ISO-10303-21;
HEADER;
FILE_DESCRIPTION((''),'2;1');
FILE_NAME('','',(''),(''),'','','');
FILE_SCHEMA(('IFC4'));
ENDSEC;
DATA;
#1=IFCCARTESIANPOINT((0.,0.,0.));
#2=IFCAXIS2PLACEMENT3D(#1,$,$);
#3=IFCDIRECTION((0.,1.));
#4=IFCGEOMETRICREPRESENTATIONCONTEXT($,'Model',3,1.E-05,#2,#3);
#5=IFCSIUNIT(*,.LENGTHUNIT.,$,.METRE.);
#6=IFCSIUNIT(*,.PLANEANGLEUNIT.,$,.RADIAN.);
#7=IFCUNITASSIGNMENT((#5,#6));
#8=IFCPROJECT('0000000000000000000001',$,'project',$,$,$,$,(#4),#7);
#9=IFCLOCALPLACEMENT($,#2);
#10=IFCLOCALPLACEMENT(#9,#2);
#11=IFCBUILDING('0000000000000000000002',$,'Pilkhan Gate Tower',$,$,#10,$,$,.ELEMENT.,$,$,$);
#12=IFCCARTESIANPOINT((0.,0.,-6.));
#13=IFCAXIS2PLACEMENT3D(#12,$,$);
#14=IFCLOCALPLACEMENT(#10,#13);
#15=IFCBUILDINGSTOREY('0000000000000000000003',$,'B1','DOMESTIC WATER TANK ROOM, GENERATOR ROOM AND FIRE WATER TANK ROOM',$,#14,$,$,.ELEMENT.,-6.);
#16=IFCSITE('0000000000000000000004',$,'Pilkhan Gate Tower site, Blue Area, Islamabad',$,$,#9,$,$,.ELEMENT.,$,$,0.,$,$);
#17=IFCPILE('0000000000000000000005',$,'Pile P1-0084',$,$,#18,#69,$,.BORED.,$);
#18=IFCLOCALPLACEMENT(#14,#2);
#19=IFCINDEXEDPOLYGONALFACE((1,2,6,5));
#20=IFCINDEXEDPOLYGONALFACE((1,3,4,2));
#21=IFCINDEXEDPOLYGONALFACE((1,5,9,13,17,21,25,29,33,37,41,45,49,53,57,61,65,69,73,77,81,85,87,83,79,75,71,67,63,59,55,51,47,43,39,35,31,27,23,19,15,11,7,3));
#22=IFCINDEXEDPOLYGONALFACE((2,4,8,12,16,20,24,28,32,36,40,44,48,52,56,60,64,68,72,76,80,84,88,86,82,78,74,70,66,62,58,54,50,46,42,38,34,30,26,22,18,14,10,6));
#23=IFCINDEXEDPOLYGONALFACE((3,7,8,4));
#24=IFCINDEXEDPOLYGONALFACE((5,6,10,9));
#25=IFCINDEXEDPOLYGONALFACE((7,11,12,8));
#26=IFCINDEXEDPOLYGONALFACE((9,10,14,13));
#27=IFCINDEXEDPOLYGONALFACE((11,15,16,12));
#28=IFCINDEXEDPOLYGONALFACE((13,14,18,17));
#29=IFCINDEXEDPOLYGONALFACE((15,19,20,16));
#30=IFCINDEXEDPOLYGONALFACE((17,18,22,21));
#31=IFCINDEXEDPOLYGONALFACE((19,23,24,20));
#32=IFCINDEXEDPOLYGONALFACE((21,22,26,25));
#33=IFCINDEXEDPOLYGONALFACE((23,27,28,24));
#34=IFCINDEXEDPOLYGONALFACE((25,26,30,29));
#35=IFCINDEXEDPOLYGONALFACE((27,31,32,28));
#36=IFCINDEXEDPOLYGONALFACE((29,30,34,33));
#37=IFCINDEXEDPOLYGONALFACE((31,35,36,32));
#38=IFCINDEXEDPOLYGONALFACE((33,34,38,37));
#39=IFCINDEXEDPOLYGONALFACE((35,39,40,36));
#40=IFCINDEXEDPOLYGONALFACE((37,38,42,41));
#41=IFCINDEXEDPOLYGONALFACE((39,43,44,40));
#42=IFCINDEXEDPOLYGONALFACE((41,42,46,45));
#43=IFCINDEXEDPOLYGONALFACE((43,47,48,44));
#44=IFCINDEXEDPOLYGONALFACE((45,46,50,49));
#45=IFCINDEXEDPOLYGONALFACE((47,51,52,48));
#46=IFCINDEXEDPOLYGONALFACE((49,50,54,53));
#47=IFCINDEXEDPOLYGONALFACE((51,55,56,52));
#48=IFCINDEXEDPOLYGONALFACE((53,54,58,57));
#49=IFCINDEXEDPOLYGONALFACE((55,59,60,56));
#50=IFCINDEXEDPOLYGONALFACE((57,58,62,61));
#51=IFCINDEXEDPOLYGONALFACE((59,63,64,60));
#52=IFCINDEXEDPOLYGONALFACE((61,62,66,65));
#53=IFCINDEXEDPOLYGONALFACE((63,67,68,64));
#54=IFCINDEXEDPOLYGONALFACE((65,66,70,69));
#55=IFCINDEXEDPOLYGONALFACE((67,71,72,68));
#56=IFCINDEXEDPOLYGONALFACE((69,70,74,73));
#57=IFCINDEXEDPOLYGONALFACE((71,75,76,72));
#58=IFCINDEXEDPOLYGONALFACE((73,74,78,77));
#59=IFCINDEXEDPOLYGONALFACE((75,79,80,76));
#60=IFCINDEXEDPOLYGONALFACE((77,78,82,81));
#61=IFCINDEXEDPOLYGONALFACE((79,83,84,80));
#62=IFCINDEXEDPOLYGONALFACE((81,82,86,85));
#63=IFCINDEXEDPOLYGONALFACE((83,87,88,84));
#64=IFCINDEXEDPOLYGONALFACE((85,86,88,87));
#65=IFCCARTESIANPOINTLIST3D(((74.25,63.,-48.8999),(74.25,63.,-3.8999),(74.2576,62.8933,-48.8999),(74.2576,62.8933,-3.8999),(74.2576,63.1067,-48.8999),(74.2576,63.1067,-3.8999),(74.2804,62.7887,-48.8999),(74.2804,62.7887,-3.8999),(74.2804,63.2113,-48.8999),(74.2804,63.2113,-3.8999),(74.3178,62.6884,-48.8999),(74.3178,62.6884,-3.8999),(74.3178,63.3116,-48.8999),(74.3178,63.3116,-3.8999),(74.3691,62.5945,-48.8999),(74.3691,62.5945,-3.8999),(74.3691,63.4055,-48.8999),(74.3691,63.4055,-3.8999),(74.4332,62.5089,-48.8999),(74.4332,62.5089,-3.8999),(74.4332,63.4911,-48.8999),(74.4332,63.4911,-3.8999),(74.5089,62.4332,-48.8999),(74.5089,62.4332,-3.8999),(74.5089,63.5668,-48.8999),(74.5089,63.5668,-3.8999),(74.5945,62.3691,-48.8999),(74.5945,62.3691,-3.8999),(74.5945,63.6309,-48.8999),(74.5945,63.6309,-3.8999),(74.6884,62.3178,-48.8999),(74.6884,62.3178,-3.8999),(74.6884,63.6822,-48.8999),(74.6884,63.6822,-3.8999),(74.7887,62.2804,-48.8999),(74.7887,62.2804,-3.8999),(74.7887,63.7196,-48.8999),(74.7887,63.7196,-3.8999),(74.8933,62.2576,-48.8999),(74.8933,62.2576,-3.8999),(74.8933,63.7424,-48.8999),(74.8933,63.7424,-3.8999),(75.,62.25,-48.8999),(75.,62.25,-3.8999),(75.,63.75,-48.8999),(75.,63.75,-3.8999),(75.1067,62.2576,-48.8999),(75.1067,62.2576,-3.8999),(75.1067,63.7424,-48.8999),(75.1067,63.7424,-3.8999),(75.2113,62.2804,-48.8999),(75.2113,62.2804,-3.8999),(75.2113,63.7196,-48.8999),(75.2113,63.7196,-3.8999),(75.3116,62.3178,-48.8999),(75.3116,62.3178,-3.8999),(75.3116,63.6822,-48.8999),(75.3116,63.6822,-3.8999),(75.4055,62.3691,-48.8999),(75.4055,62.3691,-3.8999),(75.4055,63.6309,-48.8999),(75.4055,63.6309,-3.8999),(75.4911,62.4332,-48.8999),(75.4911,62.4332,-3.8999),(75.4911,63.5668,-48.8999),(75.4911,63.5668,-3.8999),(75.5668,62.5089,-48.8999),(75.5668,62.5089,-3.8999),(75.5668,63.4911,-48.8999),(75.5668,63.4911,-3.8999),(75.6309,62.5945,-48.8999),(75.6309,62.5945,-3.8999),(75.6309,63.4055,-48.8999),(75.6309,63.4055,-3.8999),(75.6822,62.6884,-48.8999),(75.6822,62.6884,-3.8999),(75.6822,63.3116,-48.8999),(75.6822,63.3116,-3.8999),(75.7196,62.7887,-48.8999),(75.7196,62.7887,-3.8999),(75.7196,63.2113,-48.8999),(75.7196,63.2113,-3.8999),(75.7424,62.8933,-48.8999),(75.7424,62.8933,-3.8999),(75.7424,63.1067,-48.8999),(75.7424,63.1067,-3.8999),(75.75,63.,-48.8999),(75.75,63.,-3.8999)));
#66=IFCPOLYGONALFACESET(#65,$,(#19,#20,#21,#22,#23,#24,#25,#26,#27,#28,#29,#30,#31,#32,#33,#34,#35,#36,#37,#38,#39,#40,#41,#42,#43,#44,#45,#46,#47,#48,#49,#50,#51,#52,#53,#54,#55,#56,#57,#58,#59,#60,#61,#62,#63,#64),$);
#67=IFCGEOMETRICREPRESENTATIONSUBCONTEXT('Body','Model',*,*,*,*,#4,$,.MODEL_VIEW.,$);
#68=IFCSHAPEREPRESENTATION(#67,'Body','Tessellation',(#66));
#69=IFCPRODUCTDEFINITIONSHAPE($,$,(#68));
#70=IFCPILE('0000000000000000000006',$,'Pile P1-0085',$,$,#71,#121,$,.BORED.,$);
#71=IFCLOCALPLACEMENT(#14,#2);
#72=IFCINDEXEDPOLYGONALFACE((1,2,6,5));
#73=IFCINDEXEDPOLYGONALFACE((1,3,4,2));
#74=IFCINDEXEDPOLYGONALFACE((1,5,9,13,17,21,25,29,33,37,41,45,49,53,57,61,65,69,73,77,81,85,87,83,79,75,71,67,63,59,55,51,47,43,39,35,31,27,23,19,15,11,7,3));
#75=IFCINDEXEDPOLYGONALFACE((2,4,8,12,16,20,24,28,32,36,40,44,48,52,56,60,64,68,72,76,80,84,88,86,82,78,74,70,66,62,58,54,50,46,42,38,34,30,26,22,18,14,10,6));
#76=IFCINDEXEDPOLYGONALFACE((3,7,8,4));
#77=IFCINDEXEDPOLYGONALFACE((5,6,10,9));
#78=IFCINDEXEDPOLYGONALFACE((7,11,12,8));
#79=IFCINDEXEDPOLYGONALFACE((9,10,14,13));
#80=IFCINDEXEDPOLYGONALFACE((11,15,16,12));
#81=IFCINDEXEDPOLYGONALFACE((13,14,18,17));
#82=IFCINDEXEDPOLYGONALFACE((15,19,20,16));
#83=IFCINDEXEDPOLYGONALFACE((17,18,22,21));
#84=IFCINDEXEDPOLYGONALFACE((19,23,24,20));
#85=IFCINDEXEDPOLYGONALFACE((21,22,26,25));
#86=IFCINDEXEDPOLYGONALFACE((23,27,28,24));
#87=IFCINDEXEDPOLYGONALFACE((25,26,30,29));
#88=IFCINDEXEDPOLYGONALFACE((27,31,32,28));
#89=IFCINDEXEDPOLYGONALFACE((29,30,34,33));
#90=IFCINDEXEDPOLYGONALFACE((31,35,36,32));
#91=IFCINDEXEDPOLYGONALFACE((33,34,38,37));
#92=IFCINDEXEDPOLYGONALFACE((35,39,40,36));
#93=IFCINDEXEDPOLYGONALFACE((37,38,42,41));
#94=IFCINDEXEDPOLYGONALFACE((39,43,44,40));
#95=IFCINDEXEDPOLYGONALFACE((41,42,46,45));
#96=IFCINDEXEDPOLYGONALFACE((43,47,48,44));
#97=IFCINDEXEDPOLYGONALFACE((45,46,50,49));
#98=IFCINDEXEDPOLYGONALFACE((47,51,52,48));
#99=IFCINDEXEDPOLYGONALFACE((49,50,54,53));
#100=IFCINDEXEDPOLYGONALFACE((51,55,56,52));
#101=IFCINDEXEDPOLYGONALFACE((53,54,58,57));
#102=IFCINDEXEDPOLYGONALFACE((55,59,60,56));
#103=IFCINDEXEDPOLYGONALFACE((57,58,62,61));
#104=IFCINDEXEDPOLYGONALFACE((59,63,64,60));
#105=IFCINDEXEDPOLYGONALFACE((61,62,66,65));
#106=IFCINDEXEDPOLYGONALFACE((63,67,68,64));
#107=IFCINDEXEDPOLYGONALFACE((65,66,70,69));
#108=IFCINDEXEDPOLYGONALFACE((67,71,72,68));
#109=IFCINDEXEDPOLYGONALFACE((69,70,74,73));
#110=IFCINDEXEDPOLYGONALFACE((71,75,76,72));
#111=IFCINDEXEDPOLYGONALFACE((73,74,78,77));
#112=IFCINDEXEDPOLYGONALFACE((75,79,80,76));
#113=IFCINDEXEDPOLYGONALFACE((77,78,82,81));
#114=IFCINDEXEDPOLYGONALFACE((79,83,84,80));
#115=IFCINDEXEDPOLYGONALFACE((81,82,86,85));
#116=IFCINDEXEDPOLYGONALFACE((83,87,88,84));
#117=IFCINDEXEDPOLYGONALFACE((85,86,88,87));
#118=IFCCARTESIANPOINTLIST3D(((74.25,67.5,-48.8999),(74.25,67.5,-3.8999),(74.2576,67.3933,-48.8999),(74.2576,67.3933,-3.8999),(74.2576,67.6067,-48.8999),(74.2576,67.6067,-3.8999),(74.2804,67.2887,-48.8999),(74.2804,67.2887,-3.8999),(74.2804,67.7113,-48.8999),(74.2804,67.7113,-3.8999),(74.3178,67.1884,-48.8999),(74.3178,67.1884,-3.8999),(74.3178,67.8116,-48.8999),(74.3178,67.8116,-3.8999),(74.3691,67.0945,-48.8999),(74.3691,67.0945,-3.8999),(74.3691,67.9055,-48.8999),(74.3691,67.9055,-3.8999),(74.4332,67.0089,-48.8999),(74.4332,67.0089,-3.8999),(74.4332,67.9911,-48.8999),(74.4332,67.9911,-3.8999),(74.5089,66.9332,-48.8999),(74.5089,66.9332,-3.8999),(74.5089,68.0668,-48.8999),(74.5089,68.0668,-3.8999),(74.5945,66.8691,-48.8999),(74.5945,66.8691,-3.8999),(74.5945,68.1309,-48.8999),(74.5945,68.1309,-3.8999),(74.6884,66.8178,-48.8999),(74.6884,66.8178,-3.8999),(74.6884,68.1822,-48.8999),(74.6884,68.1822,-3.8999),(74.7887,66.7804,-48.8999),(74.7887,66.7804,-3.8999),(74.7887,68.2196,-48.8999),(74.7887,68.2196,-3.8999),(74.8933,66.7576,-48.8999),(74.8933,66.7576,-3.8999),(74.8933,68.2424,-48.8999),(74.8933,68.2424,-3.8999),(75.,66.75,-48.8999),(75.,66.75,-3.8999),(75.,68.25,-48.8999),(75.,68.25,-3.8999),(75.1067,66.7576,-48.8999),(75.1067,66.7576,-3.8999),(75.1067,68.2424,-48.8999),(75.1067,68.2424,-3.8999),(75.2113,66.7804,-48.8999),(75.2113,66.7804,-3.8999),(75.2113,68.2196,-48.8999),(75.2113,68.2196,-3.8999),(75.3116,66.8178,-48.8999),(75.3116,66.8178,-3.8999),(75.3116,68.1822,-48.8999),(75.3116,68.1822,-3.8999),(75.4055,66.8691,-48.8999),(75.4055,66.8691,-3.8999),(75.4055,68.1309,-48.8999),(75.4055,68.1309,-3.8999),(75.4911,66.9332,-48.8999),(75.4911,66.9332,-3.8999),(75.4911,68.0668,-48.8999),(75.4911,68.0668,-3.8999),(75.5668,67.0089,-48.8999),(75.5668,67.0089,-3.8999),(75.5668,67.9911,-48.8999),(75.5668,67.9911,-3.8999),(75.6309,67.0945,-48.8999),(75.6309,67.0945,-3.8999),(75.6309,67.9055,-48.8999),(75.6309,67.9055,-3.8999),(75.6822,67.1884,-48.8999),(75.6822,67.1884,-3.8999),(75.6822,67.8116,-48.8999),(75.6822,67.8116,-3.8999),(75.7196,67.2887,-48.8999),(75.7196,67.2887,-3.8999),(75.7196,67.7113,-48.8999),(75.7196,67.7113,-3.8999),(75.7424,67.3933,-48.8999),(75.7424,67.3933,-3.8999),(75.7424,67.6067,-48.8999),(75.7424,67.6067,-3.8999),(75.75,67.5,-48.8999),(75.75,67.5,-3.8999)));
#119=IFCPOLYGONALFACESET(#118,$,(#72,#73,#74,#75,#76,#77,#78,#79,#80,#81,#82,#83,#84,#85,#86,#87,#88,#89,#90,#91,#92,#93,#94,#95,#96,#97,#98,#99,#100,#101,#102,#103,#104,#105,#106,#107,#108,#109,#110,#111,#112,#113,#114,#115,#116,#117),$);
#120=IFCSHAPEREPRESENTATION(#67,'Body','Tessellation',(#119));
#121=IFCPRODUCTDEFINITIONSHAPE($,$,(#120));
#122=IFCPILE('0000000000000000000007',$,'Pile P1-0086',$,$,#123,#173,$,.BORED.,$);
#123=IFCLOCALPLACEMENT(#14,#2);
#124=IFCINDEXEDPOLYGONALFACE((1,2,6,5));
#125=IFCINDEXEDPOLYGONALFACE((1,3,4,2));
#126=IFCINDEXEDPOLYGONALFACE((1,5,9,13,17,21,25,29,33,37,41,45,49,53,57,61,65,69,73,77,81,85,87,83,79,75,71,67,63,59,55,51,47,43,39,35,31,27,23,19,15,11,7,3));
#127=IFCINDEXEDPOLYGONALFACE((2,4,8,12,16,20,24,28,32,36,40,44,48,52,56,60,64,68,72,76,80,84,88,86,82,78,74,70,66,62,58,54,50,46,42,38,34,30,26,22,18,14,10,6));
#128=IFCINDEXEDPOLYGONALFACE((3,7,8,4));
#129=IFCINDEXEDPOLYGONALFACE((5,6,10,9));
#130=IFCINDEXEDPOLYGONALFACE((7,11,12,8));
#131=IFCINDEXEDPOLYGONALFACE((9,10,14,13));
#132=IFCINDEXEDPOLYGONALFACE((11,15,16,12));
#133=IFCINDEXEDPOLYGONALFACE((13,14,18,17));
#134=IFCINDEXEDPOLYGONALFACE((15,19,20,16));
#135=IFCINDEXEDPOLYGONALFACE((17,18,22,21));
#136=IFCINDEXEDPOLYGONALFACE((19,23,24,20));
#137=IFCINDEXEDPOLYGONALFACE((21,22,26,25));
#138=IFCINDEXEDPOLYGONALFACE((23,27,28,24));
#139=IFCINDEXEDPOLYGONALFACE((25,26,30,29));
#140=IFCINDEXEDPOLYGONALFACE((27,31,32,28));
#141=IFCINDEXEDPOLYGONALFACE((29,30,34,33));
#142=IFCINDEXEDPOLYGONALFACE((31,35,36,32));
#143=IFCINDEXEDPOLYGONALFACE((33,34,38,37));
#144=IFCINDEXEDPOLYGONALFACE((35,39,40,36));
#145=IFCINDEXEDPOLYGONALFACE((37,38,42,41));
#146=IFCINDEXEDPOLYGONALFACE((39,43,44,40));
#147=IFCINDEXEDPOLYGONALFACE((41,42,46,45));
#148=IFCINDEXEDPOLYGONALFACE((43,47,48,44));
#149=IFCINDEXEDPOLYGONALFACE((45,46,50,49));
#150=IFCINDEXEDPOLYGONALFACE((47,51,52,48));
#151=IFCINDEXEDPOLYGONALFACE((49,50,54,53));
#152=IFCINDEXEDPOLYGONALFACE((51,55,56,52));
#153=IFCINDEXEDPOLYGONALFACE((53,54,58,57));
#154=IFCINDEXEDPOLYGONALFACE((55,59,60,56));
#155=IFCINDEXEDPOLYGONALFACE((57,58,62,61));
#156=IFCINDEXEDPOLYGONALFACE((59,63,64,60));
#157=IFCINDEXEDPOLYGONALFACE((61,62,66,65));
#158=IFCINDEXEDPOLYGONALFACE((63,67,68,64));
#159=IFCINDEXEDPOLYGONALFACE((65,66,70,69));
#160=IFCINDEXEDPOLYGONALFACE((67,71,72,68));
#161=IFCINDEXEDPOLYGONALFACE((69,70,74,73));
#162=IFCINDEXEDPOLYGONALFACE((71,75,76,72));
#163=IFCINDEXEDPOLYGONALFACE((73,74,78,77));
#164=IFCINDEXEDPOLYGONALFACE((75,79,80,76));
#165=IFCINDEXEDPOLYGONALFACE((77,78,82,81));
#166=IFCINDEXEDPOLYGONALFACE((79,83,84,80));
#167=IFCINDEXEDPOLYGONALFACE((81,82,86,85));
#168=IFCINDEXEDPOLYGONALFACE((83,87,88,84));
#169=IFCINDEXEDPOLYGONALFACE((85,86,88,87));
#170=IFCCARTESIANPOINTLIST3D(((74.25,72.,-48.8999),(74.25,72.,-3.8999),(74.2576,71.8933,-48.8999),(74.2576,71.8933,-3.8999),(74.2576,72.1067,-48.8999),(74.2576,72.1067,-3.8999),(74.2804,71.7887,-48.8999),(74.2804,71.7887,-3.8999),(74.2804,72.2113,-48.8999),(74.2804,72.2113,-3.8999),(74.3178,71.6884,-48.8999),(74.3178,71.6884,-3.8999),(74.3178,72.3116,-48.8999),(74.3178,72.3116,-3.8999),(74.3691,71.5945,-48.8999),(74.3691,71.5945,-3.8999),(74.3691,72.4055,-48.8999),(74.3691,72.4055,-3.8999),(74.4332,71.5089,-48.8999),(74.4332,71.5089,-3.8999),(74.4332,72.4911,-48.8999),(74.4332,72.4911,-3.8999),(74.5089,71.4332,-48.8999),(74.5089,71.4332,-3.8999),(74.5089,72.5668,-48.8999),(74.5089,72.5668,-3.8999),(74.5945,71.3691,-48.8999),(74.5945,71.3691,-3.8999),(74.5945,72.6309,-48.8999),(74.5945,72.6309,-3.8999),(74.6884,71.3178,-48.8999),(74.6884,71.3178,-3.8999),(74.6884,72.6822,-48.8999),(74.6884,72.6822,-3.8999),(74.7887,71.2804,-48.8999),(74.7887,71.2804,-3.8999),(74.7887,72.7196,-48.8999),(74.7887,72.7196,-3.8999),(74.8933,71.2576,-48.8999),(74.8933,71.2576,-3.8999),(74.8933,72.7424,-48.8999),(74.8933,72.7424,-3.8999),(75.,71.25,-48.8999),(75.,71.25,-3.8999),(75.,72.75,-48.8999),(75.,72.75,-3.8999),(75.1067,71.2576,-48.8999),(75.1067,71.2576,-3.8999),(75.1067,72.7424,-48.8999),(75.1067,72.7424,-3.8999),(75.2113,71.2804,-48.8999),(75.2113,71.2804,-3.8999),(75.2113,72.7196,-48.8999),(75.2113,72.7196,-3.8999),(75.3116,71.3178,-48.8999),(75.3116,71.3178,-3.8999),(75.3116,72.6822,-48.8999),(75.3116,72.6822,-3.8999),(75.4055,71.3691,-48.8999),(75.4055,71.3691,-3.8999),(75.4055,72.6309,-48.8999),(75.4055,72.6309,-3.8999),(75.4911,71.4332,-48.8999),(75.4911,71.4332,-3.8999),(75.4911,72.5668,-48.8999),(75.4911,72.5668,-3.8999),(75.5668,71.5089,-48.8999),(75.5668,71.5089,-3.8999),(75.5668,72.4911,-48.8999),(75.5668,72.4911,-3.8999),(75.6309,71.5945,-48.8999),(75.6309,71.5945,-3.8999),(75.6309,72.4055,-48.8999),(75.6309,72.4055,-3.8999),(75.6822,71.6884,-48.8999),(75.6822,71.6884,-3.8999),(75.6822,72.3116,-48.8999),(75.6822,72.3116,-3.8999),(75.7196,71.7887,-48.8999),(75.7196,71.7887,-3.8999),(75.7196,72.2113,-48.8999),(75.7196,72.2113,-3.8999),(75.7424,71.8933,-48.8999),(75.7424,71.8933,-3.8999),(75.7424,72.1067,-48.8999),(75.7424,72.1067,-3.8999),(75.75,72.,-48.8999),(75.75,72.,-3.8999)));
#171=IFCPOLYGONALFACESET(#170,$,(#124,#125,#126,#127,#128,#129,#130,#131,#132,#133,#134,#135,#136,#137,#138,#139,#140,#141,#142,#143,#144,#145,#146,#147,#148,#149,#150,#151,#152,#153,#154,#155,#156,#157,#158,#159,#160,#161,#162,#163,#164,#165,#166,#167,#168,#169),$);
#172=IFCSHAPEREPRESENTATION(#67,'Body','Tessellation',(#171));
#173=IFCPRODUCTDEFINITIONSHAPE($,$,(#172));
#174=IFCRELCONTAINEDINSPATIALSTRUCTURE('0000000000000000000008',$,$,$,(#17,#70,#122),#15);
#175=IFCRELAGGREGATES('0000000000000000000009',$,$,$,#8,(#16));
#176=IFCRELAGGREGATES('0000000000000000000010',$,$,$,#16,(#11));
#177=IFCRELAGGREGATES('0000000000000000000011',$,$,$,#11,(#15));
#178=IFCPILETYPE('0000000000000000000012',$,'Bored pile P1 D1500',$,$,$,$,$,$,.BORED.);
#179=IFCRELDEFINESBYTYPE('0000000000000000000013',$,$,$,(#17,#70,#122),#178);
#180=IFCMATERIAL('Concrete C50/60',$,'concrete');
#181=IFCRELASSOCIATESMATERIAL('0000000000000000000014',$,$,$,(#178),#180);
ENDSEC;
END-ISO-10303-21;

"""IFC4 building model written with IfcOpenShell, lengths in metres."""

from ifc_helpers import new_model, si_unit, direction, frame, origin, origin_2d, place, context, subcontext, project, spatial, circle, extrude, material, material_profile, profile_set, type_object, element, save


model = new_model("IFC4")

# Units and contexts
model_context = context("Model", 3, precision=1e-05, world=origin(), true_north=direction((0.0, 1.0)))
body_context = subcontext(model_context, "Body", "Model", "MODEL_VIEW")
ifc_project = project(units=[si_unit("LENGTHUNIT", "METRE"), si_unit("PLANEANGLEUNIT", "RADIAN")], contexts=[model_context])

# Site, building, storey
site_placement = place(None, origin())
site = spatial("IfcSite", under=ifc_project, at=site_placement, Name="Pilkhan Gate Tower site, Blue Area, Islamabad", CompositionType="ELEMENT", RefElevation=0.0)
building_placement = place(site_placement, origin())
building = spatial("IfcBuilding", under=site, at=building_placement, Name="Pilkhan Gate Tower", CompositionType="ELEMENT")
storey_placement = place(building_placement, frame((0.0, 0.0, -6.0)))
storey = spatial("IfcBuildingStorey", under=building, at=storey_placement, Name="B1", Description="DOMESTIC WATER TANK ROOM, GENERATOR ROOM AND FIRE WATER TANK ROOM", CompositionType="ELEMENT", Elevation=-6.0)

# Piles
ifc_material_1 = material(Name="Concrete C50/60", Category="concrete")
ifc_material_profile_1 = material_profile(ifc_material_1, circle(Radius=0.75, at=origin_2d()), Name="Bored pile 1500 dia")
ifc_profile_set_1 = profile_set([ifc_material_profile_1], Name="Concrete C50/60")
pile_type = type_object("IfcPileType", Name="Bored pile P1 D1500", PredefinedType="BORED", material=ifc_profile_set_1)
for number, where, z_axis, x_axis, name in (
    (1, (75.0, 63.0, -3.8999), (0.0, 0.0, -1.0), (1.0, 0.0, 0.0), "Pile P1-0084"),
    (2, (75.0, 67.5, -3.8999), (0.0, 0.0, -1.0), (1.0, 0.0, 0.0), "Pile P1-0085"),
    (3, (75.0, 72.0, -3.8999), (0.0, 0.0, -1.0), (1.0, 0.0, 0.0), "Pile P1-0086"),
):
    element("IfcPile", number, at=place(storey_placement, frame(where, z_axis=z_axis, x_axis=x_axis)), inside=storey, type_object=pile_type, Name=name, PredefinedType="BORED", context=body_context, shape_type="SweptSolid", body=[
        extrude(circle(Radius=0.75, at=origin_2d()), origin(), (0.0, 0.0, 1.0), 45.0),
    ])

save(model, "model.ifc")
